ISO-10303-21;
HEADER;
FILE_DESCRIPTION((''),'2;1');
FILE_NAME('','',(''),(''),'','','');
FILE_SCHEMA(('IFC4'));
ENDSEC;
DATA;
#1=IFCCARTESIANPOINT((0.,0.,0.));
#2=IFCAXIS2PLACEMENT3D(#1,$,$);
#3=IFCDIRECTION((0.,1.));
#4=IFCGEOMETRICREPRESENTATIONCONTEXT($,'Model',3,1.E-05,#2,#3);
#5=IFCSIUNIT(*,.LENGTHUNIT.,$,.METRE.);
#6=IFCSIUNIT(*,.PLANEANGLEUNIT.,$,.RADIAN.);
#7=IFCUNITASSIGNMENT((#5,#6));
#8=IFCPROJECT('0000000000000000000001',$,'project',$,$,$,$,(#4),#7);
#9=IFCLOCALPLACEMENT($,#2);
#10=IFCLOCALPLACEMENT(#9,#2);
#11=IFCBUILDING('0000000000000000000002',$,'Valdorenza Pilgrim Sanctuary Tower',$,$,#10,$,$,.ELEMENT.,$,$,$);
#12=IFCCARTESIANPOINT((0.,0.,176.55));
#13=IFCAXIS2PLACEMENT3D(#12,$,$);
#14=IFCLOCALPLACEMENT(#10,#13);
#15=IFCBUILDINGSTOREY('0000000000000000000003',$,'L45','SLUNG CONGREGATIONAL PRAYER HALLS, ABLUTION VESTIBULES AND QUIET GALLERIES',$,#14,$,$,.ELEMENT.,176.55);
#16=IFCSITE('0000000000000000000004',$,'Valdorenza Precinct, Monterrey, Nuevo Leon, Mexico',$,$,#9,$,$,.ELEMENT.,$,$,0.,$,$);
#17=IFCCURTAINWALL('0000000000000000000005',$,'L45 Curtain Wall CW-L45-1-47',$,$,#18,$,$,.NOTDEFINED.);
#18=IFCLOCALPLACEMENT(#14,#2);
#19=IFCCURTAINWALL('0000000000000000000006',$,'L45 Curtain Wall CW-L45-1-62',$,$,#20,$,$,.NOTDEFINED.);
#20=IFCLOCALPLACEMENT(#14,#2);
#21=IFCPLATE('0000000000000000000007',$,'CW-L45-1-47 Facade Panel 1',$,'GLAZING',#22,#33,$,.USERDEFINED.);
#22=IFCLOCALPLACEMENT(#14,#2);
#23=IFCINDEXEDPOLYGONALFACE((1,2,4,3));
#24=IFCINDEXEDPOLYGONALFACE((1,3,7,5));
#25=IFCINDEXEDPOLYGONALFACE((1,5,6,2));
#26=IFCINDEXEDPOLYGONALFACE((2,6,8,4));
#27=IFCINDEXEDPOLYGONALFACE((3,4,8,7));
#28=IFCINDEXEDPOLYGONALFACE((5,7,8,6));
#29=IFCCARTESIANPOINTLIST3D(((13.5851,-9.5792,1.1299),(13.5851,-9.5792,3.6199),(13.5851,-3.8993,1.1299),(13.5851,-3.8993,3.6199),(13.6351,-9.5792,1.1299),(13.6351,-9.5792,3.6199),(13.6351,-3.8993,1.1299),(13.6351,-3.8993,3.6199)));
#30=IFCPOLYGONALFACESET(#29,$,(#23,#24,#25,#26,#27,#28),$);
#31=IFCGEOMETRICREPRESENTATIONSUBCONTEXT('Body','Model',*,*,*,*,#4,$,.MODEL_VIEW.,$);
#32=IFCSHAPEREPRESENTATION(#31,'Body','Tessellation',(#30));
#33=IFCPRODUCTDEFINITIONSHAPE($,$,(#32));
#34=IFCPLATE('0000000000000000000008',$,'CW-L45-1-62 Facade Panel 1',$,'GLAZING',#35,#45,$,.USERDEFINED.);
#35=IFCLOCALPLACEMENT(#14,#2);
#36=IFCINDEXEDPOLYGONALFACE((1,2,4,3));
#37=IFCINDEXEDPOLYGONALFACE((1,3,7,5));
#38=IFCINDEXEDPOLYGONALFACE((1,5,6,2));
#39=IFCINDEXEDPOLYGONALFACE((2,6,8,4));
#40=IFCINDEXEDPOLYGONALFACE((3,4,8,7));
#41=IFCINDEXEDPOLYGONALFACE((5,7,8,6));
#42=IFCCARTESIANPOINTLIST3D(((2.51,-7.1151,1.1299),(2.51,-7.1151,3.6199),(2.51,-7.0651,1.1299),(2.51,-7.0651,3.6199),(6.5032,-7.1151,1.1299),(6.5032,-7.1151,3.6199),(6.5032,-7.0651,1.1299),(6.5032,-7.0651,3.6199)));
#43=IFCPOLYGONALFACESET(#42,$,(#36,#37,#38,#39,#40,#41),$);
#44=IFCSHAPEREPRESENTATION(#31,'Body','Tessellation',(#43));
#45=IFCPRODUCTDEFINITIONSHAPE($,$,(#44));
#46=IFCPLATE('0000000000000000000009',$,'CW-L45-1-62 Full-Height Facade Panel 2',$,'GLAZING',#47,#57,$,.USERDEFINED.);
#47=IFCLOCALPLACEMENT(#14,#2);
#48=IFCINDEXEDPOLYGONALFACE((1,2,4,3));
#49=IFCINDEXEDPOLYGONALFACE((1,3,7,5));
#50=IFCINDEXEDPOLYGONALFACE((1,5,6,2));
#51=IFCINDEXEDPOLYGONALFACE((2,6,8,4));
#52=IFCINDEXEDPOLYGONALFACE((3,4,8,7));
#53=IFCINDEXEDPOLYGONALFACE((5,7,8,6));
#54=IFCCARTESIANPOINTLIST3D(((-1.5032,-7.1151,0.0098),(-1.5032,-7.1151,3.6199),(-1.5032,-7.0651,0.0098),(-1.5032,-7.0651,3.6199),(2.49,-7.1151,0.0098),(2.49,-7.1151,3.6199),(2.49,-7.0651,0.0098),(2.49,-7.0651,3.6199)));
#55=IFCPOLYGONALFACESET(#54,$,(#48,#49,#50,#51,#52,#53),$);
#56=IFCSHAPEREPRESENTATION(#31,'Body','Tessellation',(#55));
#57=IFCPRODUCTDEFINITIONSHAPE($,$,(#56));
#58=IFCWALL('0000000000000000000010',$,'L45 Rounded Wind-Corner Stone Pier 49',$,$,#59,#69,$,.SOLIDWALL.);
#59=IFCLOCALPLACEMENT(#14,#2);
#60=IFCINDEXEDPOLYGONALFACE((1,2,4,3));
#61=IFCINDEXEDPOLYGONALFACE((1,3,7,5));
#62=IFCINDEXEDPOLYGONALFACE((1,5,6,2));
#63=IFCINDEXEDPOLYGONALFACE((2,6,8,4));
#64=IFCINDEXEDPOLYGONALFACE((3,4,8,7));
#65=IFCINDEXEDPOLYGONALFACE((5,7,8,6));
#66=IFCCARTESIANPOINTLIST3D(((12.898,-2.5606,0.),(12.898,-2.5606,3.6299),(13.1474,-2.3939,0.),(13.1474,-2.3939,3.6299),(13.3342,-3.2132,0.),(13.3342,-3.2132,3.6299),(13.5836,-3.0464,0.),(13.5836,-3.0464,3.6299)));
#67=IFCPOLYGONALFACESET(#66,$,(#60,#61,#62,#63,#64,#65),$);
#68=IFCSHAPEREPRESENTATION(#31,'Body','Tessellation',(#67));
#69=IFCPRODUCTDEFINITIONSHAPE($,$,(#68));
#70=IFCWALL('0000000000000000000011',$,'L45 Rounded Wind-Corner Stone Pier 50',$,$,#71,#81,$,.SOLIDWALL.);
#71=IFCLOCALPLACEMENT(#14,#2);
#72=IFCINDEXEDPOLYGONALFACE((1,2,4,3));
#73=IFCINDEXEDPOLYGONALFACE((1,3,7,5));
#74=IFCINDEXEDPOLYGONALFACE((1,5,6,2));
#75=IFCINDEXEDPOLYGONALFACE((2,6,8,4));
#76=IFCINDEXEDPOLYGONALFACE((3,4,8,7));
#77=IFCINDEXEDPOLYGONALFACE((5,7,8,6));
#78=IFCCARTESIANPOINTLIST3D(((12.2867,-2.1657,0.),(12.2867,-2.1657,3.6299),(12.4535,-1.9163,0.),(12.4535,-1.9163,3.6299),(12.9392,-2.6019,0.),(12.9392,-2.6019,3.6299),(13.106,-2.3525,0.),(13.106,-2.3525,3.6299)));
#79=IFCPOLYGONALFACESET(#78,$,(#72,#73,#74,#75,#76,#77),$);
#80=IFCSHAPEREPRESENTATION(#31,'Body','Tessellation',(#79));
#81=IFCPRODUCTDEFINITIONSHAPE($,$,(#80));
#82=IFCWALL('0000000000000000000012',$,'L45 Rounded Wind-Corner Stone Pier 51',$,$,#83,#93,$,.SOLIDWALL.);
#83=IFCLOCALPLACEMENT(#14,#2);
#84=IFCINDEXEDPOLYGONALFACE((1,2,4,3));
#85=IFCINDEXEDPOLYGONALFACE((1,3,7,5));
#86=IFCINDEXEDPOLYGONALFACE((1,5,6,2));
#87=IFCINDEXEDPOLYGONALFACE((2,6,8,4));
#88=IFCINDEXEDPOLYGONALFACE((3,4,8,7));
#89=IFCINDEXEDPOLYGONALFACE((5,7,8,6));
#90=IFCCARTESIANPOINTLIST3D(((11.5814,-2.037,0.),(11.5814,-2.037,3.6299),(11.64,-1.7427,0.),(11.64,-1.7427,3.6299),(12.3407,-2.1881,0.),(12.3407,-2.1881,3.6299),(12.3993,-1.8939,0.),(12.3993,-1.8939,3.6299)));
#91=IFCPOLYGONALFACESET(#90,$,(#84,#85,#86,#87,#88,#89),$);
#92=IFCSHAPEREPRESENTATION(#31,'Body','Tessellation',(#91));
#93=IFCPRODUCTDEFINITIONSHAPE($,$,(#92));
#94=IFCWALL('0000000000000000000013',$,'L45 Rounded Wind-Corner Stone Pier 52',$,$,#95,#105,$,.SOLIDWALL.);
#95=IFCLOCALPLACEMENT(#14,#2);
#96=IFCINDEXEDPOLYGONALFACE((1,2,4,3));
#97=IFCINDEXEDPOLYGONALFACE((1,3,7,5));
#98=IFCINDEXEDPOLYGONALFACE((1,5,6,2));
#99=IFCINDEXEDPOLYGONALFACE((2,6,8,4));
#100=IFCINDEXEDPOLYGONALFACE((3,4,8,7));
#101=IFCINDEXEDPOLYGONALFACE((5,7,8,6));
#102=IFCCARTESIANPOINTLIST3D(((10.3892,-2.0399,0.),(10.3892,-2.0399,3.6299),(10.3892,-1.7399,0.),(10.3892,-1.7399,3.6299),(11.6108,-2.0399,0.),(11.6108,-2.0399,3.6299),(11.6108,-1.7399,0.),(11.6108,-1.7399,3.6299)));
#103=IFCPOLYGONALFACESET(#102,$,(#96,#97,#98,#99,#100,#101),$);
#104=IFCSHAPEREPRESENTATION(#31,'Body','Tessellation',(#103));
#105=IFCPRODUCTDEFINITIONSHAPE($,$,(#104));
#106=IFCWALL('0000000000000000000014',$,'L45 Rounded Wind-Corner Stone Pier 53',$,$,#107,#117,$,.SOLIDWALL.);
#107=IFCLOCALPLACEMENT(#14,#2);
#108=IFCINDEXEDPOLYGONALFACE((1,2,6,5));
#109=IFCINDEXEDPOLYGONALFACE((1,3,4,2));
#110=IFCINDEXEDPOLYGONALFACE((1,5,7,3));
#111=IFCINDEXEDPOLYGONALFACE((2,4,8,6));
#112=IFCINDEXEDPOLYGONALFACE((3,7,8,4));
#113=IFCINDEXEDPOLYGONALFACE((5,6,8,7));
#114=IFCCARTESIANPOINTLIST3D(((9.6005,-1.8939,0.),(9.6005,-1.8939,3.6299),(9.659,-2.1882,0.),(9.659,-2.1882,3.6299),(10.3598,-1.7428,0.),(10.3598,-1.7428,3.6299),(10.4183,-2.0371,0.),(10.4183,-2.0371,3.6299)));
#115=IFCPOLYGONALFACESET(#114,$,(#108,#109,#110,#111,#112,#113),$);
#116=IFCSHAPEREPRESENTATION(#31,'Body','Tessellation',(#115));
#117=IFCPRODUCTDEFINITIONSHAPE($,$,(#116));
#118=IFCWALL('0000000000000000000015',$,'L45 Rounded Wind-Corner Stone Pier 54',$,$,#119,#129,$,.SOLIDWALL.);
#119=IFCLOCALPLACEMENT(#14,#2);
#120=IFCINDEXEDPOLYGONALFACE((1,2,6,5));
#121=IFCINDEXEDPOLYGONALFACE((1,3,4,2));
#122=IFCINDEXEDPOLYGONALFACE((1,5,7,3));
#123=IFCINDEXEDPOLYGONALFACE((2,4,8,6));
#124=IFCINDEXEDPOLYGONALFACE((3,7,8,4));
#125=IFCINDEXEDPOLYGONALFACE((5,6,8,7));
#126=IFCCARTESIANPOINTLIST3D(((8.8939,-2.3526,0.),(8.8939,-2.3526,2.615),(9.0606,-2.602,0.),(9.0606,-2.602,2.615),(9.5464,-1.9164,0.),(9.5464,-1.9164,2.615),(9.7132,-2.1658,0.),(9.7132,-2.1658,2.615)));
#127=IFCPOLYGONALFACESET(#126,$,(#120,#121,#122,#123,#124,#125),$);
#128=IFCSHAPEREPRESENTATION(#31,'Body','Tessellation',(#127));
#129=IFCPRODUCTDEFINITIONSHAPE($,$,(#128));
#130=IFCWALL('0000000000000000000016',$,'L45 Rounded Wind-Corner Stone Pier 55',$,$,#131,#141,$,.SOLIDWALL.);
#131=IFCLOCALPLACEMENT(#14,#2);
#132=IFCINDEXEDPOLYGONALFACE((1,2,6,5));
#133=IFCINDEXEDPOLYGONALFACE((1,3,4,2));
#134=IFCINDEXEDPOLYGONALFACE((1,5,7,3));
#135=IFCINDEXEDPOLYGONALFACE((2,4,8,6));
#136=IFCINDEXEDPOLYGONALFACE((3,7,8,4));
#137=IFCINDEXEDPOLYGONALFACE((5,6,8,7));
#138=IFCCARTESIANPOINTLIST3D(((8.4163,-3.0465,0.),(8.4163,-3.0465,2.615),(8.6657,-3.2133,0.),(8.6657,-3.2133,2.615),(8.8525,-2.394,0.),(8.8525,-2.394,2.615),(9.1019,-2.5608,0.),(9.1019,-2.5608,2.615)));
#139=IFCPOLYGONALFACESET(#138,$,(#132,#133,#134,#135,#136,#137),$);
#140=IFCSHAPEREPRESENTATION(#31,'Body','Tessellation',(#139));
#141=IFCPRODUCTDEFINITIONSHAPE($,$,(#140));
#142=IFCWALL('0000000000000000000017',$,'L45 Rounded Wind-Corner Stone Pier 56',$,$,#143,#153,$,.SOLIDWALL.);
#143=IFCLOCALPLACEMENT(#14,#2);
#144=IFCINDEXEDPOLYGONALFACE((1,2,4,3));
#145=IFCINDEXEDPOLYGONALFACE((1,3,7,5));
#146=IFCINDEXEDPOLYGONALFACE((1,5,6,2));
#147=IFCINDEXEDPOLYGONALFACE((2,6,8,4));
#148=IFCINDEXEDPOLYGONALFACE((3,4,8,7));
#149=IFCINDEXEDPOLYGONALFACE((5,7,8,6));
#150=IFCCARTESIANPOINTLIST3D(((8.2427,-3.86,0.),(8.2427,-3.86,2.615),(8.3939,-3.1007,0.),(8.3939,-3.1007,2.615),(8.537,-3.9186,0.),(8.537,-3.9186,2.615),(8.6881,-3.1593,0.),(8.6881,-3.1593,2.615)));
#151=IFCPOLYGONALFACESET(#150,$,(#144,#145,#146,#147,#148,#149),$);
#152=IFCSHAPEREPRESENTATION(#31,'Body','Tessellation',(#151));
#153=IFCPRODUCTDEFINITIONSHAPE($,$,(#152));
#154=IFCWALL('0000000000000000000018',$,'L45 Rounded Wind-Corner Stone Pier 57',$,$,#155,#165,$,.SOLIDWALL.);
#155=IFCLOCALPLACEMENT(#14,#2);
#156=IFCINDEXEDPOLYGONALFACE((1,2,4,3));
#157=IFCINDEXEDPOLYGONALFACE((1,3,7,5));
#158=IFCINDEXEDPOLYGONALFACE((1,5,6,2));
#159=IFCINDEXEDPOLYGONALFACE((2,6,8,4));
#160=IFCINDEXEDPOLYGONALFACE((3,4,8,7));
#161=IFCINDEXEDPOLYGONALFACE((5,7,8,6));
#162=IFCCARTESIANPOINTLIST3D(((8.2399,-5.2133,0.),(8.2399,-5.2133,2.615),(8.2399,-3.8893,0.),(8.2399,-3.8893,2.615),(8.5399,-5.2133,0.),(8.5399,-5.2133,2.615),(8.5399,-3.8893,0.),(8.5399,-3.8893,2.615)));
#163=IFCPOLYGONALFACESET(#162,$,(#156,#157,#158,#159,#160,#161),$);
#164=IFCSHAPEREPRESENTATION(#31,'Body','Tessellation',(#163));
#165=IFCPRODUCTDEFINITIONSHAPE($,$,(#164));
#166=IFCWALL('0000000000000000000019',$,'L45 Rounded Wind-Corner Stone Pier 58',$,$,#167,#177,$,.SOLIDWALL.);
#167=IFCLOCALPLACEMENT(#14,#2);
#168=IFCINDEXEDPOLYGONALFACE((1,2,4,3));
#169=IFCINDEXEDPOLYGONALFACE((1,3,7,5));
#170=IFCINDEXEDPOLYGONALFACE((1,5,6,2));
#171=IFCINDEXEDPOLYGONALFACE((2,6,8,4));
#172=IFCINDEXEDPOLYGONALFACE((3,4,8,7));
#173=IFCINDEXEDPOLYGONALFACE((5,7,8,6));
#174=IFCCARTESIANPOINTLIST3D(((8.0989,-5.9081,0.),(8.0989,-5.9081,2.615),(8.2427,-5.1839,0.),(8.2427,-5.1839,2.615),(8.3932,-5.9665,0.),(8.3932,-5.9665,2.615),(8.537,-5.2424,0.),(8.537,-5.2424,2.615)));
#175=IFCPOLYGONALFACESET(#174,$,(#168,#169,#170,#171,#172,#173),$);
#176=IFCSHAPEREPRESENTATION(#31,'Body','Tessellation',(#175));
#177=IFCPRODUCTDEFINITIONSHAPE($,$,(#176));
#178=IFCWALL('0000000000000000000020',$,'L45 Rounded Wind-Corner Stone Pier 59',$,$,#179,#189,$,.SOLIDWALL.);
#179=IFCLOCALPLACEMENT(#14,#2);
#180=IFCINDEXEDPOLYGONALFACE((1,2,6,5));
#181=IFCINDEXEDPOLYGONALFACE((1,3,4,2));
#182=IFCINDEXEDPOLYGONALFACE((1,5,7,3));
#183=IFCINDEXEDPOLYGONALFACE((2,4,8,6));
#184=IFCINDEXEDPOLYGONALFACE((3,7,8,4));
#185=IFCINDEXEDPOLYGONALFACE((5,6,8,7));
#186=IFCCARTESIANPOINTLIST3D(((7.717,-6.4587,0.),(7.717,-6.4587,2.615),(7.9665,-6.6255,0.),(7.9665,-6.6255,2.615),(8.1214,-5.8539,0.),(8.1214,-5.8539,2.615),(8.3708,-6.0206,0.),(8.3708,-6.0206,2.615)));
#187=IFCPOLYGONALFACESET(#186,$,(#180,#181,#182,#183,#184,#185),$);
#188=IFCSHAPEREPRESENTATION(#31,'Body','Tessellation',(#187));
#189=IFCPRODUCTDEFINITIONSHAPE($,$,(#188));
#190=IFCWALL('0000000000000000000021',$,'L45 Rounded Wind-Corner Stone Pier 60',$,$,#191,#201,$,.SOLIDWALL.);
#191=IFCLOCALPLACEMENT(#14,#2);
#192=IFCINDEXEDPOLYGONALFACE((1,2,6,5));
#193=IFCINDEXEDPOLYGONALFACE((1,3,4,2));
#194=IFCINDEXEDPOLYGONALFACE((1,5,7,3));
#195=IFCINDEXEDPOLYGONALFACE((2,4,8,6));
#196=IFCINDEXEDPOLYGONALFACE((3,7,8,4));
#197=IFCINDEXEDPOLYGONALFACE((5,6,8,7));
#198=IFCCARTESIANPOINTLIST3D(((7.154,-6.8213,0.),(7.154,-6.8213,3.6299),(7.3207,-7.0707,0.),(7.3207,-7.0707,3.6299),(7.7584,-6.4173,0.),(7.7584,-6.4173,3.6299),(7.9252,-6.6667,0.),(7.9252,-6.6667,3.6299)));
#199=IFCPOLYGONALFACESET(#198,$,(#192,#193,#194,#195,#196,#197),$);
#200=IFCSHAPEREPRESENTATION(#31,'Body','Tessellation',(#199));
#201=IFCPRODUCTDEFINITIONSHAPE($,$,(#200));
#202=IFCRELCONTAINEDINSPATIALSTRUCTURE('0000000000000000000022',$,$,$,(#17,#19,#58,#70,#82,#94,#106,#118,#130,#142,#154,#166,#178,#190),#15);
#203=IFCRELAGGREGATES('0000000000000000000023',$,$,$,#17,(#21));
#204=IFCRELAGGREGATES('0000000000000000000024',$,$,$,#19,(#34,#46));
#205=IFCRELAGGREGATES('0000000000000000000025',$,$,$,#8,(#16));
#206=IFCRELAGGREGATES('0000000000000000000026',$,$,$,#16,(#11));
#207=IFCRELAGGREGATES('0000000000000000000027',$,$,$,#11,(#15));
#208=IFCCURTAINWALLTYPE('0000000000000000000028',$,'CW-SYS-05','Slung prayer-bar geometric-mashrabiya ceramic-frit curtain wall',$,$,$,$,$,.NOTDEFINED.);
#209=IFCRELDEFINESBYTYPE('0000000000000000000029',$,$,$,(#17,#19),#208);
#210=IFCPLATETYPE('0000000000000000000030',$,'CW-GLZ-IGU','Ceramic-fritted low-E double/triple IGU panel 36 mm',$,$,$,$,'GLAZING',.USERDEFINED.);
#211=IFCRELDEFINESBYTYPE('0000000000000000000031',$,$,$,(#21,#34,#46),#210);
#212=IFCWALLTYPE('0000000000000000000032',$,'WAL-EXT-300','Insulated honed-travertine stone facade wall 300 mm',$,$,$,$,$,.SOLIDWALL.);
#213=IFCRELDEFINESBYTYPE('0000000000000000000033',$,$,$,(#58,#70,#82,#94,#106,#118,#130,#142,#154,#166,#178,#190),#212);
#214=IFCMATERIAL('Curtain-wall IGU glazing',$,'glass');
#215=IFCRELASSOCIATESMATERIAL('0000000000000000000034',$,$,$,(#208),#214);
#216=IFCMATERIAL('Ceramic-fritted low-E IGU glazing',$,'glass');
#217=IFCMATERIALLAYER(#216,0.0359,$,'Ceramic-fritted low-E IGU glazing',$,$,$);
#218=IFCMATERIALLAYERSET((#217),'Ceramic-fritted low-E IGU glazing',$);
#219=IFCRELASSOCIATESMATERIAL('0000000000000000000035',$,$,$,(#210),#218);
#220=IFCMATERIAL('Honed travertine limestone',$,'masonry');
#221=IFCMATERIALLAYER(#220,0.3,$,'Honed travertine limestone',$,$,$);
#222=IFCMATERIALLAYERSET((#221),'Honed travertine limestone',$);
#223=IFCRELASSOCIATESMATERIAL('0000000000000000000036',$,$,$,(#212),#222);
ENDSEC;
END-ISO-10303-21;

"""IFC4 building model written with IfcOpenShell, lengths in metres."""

from ifc_helpers import new_model, si_unit, direction, frame, frame_2d, origin, origin_2d, place, context, subcontext, project, spatial, rectangle, extrude, source, transform, mapped, material, layer, layer_set, type_object, element, aggregate, save


model = new_model("IFC4")

# Units and contexts
model_context = context("Model", 3, precision=1e-05, world=origin(), true_north=direction((0.0, 1.0)))
body_context = subcontext(model_context, "Body", "Model", "MODEL_VIEW")
ifc_project = project(units=[si_unit("LENGTHUNIT", "METRE"), si_unit("PLANEANGLEUNIT", "RADIAN")], contexts=[model_context])

# Site, building, storey
site_placement = place(None, origin())
site = spatial("IfcSite", under=ifc_project, at=site_placement, Name="Valdorenza Precinct, Monterrey, Nuevo Leon, Mexico", CompositionType="ELEMENT", RefElevation=0.0)
building_placement = place(site_placement, origin())
building = spatial("IfcBuilding", under=site, at=building_placement, Name="Valdorenza Pilgrim Sanctuary Tower", CompositionType="ELEMENT")
storey_placement = place(building_placement, frame((0.0, 0.0, 176.55)))
storey = spatial("IfcBuildingStorey", under=building, at=storey_placement, Name="L45", Description="SLUNG CONGREGATIONAL PRAYER HALLS, ABLUTION VESTIBULES AND QUIET GALLERIES", CompositionType="ELEMENT", Elevation=176.55)

# Curtain walls
ifc_material_1 = material(Name="Curtain-wall IGU glazing", Category="glass")
curtain_wall_type = type_object("IfcCurtainWallType", Name="CW-SYS-05", Description="Slung prayer-bar geometric-mashrabiya ceramic-frit curtain wall", PredefinedType="NOTDEFINED", material=ifc_material_1)
curtain_wall_1_placement = place(storey_placement, origin())
curtain_wall_1 = element("IfcCurtainWall", 1, at=curtain_wall_1_placement, inside=storey, type_object=curtain_wall_type, Name="L45 Curtain Wall CW-L45-1-47", PredefinedType="NOTDEFINED")
curtain_wall_2_placement = place(storey_placement, origin())
curtain_wall_2 = element("IfcCurtainWall", 2, at=curtain_wall_2_placement, inside=storey, type_object=curtain_wall_type, Name="L45 Curtain Wall CW-L45-1-62", PredefinedType="NOTDEFINED")

# Plates
ifc_material_2 = material(Name="Honed travertine limestone", Category="masonry")
ifc_material_3 = material(Name="Ceramic-fritted low-E IGU glazing", Category="glass")
ifc_layer_1 = layer(ifc_material_3, 0.0359, Name="Ceramic-fritted low-E IGU glazing")
ifc_layer_set_1 = layer_set([ifc_layer_1], Name="Ceramic-fritted low-E IGU glazing")
plate_type_1 = type_object("IfcPlateType", Name="CW-GLZ-IGU", Description="Ceramic-fritted low-E double/triple IGU panel 36 mm", ElementType="GLAZING", PredefinedType="USERDEFINED", material=ifc_layer_set_1)
shared_shape_1 = source(origin(), body_context, "Body", "SweptSolid", [
    extrude(rectangle(XDim=5.6799, YDim=0.05, at=origin_2d()), origin(), (0.0, 0.0, 1.0), 2.49),
])
plate_1_placement = place(storey_placement, frame((13.6101, -6.7393, 1.1299), z_axis=(0.0, 0.0, 1.0), x_axis=(0.0, 1.0, 0.0)))
plate_1 = element("IfcPlate", 3, at=plate_1_placement, type_object=plate_type_1, Name="CW-L45-1-47 Facade Panel 1", ObjectType="GLAZING", PredefinedType="USERDEFINED", context=body_context, shape_type="MappedRepresentation", body=[
    mapped(shared_shape_1, transform((0.0, 0.0, 0.0), x_axis=(1.0, 0.0, 0.0), y_axis=(0.0, 1.0, 0.0), z_axis=(0.0, 0.0, 1.0), scale=1.0)),
])
aggregate(curtain_wall_1, [plate_1])
shared_shape_2 = source(origin(), body_context, "Body", "SweptSolid", [
    extrude(rectangle(XDim=3.9932, YDim=0.05, at=origin_2d()), origin(), (0.0, 0.0, 1.0), 2.49),
])
plate_2_placement = place(storey_placement, frame((4.5066, -7.0901, 1.1299), z_axis=(0.0, 0.0, 1.0), x_axis=(-1.0, 0.0, 0.0)))
plate_2 = element("IfcPlate", 4, at=plate_2_placement, type_object=plate_type_1, Name="CW-L45-1-62 Facade Panel 1", ObjectType="GLAZING", PredefinedType="USERDEFINED", context=body_context, shape_type="MappedRepresentation", body=[
    mapped(shared_shape_2, transform((0.0, 0.0, 0.0), x_axis=(1.0, 0.0, 0.0), y_axis=(0.0, 1.0, 0.0), z_axis=(0.0, 0.0, 1.0), scale=1.0)),
])
shared_shape_3 = source(origin(), body_context, "Body", "SweptSolid", [
    extrude(rectangle(XDim=3.9932, YDim=0.05, at=origin_2d()), origin(), (0.0, 0.0, 1.0), 3.6101),
])
plate_3_placement = place(storey_placement, frame((0.4934, -7.0901, 0.0098), z_axis=(0.0, 0.0, 1.0), x_axis=(-1.0, 0.0, 0.0)))
plate_3 = element("IfcPlate", 5, at=plate_3_placement, type_object=plate_type_1, Name="CW-L45-1-62 Full-Height Facade Panel 2", ObjectType="GLAZING", PredefinedType="USERDEFINED", context=body_context, shape_type="MappedRepresentation", body=[
    mapped(shared_shape_3, transform((0.0, 0.0, 0.0), x_axis=(1.0, 0.0, 0.0), y_axis=(0.0, 1.0, 0.0), z_axis=(0.0, 0.0, 1.0), scale=1.0)),
])
aggregate(curtain_wall_2, [plate_2, plate_3])

# Walls
ifc_layer_2 = layer(ifc_material_2, 0.3, Name="Honed travertine limestone")
ifc_layer_set_2 = layer_set([ifc_layer_2], Name="Honed travertine limestone")
wall_type_1 = type_object("IfcWallType", Name="WAL-EXT-300", Description="Insulated honed-travertine stone facade wall 300 mm", PredefinedType="SOLIDWALL", material=ifc_layer_set_2)
for number, where, z_axis, x_axis, name in (
    (6, (13.459, -3.1299, 0.0), (0.0, 0.0, 1.0), (-0.555776, 0.831332, 0.0), "L45 Rounded Wind-Corner Stone Pier 49"),
    (7, (13.0227, -2.4773, 0.0), (0.0, 0.0, 1.0), (-0.831332, 0.555776, 0.0), "L45 Rounded Wind-Corner Stone Pier 50"),
):
    element("IfcWall", number, at=place(storey_placement, frame(where, z_axis=z_axis, x_axis=x_axis)), inside=storey, type_object=wall_type_1, Name=name, PredefinedType="SOLIDWALL", context=body_context, shape_type="SweptSolid", body=[
        extrude(rectangle(XDim=0.7849, YDim=0.3, at=frame_2d((0.3926, 0.0))), origin(), (0.0, 0.0, 1.0), 3.6299),
    ])
wall_1_placement = place(storey_placement, frame((12.3701, -2.041, 0.0), z_axis=(0.0, 0.0, 1.0), x_axis=(-0.980762, 0.195206, 0.0)))
element("IfcWall", 8, at=wall_1_placement, inside=storey, type_object=wall_type_1, Name="L45 Rounded Wind-Corner Stone Pier 51", PredefinedType="SOLIDWALL", context=body_context, shape_type="SweptSolid", body=[
    extrude(rectangle(XDim=0.7742, YDim=0.3, at=frame_2d((0.3872, 0.0))), origin(), (0.0, 0.0, 1.0), 3.6299),
])
wall_2_placement = place(storey_placement, frame((11.6108, -1.8899, 0.0), z_axis=(0.0, 0.0, 1.0), x_axis=(-1.0, 0.0, 0.0)))
element("IfcWall", 9, at=wall_2_placement, inside=storey, type_object=wall_type_1, Name="L45 Rounded Wind-Corner Stone Pier 52", PredefinedType="SOLIDWALL", context=body_context, shape_type="SweptSolid", body=[
    extrude(rectangle(XDim=1.2217, YDim=0.3, at=frame_2d((0.6108, 0.0))), origin(), (0.0, 0.0, 1.0), 3.6299),
])
wall_3_placement = place(storey_placement, frame((10.3892, -1.8899, 0.0), z_axis=(0.0, 0.0, 1.0), x_axis=(-0.980762, -0.195206, 0.0)))
element("IfcWall", 10, at=wall_3_placement, inside=storey, type_object=wall_type_1, Name="L45 Rounded Wind-Corner Stone Pier 53", PredefinedType="SOLIDWALL", context=body_context, shape_type="SweptSolid", body=[
    extrude(rectangle(XDim=0.7742, YDim=0.3, at=frame_2d((0.3872, 0.0))), origin(), (0.0, 0.0, 1.0), 3.6299),
])
for number, where, z_axis, x_axis, name in (
    (11, (9.6299, -2.041, 0.0), (0.0, 0.0, 1.0), (-0.831332, -0.555776, 0.0), "L45 Rounded Wind-Corner Stone Pier 54"),
    (12, (8.9773, -2.4773, 0.0), (0.0, 0.0, 1.0), (-0.555776, -0.831332, 0.0), "L45 Rounded Wind-Corner Stone Pier 55"),
):
    element("IfcWall", number, at=place(storey_placement, frame(where, z_axis=z_axis, x_axis=x_axis)), inside=storey, type_object=wall_type_1, Name=name, PredefinedType="SOLIDWALL", context=body_context, shape_type="SweptSolid", body=[
        extrude(rectangle(XDim=0.7849, YDim=0.3, at=frame_2d((0.3926, 0.0))), origin(), (0.0, 0.0, 1.0), 2.615),
    ])
wall_4_placement = place(storey_placement, frame((8.541, -3.1299, 0.0), z_axis=(0.0, 0.0, 1.0), x_axis=(-0.195206, -0.980762, 0.0)))
element("IfcWall", 13, at=wall_4_placement, inside=storey, type_object=wall_type_1, Name="L45 Rounded Wind-Corner Stone Pier 56", PredefinedType="SOLIDWALL", context=body_context, shape_type="SweptSolid", body=[
    extrude(rectangle(XDim=0.7742, YDim=0.3, at=frame_2d((0.3872, 0.0))), origin(), (0.0, 0.0, 1.0), 2.615),
])
wall_5_placement = place(storey_placement, frame((8.3899, -3.8892, 0.0), z_axis=(0.0, 0.0, 1.0), x_axis=(0.0, -1.0, 0.0)))
element("IfcWall", 14, at=wall_5_placement, inside=storey, type_object=wall_type_1, Name="L45 Rounded Wind-Corner Stone Pier 57", PredefinedType="SOLIDWALL", context=body_context, shape_type="SweptSolid", body=[
    extrude(rectangle(XDim=1.324, YDim=0.3, at=frame_2d((0.6621, 0.0))), origin(), (0.0, 0.0, 1.0), 2.615),
])
wall_6_placement = place(storey_placement, frame((8.3899, -5.2131, 0.0), z_axis=(0.0, 0.0, 1.0), x_axis=(-0.19478, -0.980847, 0.0)))
element("IfcWall", 15, at=wall_6_placement, inside=storey, type_object=wall_type_1, Name="L45 Rounded Wind-Corner Stone Pier 58", PredefinedType="SOLIDWALL", context=body_context, shape_type="SweptSolid", body=[
    extrude(rectangle(XDim=0.7383, YDim=0.3, at=frame_2d((0.3691, 0.0))), origin(), (0.0, 0.0, 1.0), 2.615),
])
wall_7_placement = place(storey_placement, frame((8.2461, -5.9373, 0.0), z_axis=(0.0, 0.0, 1.0), x_axis=(-0.555784, -0.831327, 0.0)))
element("IfcWall", 16, at=wall_7_placement, inside=storey, type_object=wall_type_1, Name="L45 Rounded Wind-Corner Stone Pier 59", PredefinedType="SOLIDWALL", context=body_context, shape_type="SweptSolid", body=[
    extrude(rectangle(XDim=0.7275, YDim=0.3, at=frame_2d((0.3638, 0.0))), origin(), (0.0, 0.0, 1.0), 2.615),
])
wall_8_placement = place(storey_placement, frame((7.8418, -6.542, 0.0), z_axis=(0.0, 0.0, 1.0), x_axis=(-0.831378, -0.555707, 0.0)))
element("IfcWall", 17, at=wall_8_placement, inside=storey, type_object=wall_type_1, Name="L45 Rounded Wind-Corner Stone Pier 60", PredefinedType="SOLIDWALL", context=body_context, shape_type="SweptSolid", body=[
    extrude(rectangle(XDim=0.7271, YDim=0.3, at=frame_2d((0.3635, 0.0))), origin(), (0.0, 0.0, 1.0), 3.6299),
])

save(model, "model.ifc")
